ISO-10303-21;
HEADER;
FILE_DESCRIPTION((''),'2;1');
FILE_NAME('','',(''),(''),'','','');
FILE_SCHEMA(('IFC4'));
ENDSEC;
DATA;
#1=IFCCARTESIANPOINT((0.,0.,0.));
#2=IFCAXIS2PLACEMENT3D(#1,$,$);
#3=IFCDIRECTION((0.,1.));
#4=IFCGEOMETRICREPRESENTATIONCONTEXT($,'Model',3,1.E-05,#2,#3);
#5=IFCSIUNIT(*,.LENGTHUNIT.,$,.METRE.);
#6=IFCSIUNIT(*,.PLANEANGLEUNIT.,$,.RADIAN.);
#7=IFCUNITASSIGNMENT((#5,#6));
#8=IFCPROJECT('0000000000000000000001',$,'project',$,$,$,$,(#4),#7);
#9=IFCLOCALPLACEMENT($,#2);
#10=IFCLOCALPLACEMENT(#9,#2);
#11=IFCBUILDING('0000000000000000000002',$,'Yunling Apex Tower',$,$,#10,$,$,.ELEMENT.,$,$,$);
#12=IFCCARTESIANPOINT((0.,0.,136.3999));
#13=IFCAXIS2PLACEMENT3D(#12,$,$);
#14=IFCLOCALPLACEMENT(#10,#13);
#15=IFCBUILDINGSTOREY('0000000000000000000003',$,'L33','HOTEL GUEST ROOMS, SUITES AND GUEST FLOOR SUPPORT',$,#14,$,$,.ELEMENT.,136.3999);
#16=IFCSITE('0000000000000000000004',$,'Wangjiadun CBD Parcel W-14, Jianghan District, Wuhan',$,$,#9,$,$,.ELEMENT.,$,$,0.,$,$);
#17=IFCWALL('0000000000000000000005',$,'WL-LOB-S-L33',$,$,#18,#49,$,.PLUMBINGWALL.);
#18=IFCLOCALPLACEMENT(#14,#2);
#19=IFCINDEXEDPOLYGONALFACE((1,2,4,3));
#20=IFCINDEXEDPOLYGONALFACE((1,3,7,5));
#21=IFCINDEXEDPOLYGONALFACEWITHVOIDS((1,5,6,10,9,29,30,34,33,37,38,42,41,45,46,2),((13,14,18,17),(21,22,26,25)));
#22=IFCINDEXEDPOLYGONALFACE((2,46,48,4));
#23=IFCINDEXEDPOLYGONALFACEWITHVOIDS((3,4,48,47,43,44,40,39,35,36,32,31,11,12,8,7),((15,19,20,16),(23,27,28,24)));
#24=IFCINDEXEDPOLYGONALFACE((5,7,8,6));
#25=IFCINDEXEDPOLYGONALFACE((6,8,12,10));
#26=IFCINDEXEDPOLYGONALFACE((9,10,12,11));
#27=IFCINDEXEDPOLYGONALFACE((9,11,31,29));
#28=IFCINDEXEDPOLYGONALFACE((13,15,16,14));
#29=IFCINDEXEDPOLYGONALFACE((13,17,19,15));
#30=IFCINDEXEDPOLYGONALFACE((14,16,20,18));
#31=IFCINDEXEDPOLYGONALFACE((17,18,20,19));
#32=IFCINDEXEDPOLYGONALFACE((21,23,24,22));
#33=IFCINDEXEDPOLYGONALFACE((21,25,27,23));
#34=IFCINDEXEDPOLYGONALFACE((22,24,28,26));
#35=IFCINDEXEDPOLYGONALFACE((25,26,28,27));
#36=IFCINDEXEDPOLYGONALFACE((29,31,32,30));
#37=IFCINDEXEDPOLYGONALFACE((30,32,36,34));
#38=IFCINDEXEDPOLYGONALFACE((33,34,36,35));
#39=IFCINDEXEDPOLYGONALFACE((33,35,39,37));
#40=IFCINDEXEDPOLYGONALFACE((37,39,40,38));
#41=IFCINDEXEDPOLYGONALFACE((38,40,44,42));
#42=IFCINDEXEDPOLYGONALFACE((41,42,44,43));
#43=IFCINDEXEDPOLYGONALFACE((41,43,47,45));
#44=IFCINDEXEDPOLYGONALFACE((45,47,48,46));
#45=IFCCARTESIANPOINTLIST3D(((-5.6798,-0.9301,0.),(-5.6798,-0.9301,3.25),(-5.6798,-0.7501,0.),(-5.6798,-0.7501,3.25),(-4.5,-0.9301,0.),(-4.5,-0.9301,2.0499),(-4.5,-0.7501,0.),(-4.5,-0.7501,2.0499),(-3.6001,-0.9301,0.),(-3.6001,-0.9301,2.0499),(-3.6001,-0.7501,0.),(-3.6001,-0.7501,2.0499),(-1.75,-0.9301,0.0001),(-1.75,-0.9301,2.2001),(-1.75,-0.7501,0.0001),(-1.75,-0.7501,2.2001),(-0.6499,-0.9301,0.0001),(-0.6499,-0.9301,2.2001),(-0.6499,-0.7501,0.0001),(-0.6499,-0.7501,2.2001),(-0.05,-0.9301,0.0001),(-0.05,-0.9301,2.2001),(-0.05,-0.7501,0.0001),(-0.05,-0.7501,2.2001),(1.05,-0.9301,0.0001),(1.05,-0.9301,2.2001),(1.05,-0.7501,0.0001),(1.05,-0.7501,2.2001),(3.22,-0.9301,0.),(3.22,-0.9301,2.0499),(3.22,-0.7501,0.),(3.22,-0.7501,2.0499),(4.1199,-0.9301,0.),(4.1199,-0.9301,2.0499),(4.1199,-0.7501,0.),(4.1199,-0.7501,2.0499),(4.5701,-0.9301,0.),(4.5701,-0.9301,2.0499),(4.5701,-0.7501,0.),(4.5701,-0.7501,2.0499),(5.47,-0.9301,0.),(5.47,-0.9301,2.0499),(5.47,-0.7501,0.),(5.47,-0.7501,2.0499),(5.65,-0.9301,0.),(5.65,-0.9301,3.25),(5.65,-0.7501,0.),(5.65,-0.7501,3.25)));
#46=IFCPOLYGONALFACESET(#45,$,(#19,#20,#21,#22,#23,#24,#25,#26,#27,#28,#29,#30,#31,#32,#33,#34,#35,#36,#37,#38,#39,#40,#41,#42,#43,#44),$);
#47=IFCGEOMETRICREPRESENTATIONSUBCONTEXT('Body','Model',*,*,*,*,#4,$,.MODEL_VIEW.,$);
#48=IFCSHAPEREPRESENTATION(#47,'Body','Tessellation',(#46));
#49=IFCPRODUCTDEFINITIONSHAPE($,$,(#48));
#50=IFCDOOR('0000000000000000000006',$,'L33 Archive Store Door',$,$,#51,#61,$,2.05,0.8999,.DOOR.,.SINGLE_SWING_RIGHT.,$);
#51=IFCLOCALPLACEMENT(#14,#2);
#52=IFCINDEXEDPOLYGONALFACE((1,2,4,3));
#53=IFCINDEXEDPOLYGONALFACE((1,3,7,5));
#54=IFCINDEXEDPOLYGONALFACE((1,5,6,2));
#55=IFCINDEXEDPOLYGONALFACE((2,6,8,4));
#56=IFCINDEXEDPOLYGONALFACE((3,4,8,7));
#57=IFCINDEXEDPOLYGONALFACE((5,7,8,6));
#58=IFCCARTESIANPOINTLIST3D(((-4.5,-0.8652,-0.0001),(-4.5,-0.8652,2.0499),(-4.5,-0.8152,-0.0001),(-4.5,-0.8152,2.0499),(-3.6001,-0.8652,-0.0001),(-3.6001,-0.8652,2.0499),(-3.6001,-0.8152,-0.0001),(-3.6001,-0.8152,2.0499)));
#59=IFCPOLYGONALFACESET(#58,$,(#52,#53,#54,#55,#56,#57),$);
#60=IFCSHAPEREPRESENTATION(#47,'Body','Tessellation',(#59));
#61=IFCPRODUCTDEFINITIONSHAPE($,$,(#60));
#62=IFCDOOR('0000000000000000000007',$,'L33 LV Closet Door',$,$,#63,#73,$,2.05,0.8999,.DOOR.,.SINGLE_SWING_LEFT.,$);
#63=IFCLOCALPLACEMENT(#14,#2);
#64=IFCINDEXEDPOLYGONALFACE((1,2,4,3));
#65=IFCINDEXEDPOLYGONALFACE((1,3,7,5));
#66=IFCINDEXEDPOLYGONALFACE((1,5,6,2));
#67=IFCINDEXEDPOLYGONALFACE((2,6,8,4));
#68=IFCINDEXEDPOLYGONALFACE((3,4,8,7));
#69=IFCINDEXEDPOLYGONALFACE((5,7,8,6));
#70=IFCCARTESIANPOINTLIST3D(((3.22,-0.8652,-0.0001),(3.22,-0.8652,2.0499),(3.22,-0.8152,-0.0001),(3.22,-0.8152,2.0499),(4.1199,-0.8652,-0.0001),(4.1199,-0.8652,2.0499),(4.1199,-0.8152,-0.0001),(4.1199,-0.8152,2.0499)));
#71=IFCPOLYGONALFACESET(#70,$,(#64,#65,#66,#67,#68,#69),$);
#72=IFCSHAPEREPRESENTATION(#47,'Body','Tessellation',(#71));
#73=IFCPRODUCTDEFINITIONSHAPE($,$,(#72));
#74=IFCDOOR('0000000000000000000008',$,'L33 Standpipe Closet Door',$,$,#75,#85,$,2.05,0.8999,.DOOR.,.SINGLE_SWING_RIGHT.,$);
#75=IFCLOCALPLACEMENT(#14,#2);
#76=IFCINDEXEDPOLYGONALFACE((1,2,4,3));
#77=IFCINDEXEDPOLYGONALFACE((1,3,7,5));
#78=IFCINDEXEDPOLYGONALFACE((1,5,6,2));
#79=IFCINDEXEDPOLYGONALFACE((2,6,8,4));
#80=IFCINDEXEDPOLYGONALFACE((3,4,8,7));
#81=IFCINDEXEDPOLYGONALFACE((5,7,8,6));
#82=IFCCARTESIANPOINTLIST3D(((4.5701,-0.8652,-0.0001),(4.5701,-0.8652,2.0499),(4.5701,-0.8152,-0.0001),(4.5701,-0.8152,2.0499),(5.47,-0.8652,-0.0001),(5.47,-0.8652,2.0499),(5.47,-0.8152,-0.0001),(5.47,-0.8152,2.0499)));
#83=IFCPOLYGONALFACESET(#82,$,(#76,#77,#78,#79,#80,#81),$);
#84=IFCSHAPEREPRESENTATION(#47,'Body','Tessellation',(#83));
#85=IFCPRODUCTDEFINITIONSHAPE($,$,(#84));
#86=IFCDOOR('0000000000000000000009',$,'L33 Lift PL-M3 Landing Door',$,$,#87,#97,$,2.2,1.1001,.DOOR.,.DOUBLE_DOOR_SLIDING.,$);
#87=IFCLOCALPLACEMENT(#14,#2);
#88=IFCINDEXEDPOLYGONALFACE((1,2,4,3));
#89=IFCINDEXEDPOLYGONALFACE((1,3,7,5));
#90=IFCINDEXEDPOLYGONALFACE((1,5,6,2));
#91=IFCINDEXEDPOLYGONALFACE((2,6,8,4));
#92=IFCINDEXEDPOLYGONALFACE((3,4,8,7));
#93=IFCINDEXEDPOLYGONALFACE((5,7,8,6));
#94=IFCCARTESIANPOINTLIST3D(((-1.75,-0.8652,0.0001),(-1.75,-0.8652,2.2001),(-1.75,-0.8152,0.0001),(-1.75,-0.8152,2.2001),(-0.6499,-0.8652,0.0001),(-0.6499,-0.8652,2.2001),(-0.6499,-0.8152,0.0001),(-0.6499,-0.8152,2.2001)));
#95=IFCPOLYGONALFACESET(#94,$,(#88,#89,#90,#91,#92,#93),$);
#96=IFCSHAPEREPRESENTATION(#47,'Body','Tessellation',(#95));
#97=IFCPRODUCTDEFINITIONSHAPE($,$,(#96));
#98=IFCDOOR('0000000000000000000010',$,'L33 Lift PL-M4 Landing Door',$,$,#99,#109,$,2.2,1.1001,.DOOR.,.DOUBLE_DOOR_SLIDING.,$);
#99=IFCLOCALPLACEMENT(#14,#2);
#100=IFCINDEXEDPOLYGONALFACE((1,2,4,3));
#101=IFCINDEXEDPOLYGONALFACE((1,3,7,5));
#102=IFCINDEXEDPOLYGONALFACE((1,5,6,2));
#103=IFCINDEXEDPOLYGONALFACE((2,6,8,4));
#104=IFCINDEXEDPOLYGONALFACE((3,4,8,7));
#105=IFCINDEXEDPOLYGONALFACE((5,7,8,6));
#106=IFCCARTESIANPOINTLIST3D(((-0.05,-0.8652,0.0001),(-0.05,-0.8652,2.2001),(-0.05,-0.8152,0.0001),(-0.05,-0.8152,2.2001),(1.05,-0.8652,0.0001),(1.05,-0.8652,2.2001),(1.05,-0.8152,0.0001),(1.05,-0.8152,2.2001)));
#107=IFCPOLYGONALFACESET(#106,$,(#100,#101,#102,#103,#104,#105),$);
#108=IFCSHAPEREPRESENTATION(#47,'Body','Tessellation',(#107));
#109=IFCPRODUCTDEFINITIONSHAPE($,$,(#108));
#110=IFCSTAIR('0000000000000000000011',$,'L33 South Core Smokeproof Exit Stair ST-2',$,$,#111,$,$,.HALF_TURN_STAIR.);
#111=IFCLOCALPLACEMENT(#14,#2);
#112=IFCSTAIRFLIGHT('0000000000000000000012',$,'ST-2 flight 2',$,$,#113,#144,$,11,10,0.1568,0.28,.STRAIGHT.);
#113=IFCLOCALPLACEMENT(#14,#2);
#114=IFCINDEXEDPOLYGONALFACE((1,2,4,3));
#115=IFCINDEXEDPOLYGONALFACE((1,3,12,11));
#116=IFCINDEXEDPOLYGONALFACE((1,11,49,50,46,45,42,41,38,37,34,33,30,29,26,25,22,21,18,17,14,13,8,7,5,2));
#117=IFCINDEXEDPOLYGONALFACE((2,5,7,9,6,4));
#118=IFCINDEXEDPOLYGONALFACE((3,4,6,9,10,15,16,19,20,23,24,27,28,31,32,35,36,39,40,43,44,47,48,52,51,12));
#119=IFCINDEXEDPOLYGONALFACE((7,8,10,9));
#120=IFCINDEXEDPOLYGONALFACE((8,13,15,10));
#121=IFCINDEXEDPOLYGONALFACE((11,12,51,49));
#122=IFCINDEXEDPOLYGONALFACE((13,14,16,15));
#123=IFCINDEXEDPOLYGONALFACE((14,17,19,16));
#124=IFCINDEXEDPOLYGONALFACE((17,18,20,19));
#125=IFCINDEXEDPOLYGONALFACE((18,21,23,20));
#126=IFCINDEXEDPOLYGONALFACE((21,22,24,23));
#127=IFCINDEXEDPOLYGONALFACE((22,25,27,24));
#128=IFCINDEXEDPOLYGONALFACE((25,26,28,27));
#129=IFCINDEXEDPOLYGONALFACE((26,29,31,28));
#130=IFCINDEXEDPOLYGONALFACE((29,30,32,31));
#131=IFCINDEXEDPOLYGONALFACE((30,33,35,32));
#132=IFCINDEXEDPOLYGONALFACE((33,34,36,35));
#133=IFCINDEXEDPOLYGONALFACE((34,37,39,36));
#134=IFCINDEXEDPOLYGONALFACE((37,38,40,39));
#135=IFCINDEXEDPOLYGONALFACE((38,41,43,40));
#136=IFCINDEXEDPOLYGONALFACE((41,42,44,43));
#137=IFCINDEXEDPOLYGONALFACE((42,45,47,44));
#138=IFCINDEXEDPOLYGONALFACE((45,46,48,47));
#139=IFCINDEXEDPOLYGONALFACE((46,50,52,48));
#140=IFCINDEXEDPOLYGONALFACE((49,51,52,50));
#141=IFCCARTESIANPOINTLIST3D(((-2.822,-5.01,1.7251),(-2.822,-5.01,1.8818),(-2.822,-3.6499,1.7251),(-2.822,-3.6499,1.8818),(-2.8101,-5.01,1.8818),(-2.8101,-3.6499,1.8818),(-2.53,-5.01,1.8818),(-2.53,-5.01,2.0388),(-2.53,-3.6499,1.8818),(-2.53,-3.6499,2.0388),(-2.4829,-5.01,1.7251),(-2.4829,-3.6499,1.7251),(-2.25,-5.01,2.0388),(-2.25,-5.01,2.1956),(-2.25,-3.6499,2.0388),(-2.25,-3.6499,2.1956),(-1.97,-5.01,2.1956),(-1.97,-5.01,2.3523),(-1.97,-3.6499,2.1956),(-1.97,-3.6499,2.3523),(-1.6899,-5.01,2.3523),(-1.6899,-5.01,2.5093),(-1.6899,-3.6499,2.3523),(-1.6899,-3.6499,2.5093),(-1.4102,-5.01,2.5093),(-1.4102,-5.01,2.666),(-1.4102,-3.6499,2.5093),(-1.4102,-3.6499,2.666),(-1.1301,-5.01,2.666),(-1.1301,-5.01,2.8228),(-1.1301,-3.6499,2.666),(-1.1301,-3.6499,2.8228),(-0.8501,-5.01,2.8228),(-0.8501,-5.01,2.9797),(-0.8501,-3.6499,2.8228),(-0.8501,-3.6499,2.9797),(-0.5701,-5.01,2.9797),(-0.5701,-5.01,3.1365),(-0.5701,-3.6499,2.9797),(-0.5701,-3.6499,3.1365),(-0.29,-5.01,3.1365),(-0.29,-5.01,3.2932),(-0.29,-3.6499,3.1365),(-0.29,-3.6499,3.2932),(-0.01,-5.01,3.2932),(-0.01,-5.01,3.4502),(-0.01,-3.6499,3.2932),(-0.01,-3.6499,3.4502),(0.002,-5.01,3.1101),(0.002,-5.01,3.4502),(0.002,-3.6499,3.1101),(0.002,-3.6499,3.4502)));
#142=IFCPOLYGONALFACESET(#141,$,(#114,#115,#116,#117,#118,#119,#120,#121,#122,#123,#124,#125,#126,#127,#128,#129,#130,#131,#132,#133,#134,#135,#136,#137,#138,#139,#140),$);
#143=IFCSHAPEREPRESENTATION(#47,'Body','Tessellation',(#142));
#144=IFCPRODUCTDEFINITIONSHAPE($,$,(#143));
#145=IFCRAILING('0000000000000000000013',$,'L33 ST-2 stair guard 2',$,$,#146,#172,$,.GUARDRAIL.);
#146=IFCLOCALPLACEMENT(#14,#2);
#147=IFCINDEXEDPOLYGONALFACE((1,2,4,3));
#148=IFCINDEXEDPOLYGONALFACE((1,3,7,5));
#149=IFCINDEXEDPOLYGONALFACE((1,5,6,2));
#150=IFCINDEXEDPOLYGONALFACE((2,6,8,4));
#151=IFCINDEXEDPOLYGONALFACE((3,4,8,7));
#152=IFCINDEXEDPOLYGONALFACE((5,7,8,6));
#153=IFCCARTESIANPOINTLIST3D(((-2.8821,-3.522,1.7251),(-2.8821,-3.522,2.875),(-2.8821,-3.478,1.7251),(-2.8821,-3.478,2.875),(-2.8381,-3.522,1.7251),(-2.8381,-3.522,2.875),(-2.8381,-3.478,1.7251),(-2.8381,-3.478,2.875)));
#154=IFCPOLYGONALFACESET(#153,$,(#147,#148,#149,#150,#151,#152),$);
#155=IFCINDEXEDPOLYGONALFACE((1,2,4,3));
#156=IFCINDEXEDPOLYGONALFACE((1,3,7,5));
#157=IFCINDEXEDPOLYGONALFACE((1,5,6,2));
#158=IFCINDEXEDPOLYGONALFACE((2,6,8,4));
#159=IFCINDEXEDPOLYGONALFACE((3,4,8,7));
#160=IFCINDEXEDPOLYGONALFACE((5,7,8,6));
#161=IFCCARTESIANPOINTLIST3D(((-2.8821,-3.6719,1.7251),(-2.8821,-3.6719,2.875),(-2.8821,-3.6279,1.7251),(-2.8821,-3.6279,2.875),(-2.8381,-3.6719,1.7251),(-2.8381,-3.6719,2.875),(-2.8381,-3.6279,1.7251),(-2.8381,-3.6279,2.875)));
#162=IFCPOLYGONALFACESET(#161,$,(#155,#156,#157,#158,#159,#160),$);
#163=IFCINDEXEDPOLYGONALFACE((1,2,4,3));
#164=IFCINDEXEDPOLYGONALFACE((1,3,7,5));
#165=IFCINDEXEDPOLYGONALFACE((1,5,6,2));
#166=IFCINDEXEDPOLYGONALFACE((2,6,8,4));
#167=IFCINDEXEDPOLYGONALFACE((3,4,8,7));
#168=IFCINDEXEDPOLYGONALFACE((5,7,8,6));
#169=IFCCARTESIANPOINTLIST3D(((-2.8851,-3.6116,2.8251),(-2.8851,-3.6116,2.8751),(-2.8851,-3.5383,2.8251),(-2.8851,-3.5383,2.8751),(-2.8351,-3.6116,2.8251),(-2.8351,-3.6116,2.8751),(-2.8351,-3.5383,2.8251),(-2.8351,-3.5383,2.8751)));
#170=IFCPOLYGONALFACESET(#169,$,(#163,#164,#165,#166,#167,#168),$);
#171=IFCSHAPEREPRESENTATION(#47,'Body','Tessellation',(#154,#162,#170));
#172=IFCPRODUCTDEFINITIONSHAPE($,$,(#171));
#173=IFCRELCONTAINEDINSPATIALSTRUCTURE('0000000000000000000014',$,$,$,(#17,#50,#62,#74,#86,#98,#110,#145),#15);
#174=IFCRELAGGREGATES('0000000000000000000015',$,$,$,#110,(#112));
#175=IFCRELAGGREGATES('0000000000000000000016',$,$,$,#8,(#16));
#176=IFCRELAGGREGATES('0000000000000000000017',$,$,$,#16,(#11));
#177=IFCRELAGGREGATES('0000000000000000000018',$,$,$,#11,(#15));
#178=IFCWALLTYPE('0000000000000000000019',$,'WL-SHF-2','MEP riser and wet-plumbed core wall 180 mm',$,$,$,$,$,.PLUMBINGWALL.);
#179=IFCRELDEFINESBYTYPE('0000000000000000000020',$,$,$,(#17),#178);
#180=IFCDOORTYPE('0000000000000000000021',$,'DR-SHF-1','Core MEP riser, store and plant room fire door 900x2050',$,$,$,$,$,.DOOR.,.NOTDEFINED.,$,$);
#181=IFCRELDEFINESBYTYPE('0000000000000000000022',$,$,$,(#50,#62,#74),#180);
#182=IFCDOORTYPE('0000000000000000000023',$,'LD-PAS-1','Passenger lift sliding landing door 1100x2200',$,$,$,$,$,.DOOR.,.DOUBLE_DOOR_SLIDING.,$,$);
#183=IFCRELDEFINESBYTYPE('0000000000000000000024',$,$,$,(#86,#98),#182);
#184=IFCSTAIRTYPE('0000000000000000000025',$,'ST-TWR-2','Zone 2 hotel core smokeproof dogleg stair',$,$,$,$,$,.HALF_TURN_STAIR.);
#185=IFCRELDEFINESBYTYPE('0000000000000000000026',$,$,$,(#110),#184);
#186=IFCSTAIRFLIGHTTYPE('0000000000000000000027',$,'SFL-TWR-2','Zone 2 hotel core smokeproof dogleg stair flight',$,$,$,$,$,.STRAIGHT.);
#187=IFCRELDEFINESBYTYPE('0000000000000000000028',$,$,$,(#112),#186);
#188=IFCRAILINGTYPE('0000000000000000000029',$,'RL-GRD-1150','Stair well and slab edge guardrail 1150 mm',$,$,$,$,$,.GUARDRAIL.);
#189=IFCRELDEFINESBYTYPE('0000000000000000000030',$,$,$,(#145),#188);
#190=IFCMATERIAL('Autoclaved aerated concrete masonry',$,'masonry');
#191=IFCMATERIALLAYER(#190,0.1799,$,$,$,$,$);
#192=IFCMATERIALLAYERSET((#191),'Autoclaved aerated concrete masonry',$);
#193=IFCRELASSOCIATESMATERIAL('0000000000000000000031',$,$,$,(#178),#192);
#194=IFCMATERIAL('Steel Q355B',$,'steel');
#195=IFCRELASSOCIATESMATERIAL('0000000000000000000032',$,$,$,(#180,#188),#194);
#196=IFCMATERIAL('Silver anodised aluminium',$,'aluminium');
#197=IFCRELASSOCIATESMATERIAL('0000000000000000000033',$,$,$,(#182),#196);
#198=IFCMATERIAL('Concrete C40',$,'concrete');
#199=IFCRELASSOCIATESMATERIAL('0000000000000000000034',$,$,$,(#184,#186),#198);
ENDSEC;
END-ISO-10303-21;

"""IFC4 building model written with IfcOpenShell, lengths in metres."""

from ifc_helpers import new_model, si_unit, direction, frame, frame_2d, origin, origin_2d, place, context, subcontext, project, spatial, polyline, rectangle, outline, extrude, material, layer, layer_set, type_object, element, fill, aggregate, save


model = new_model("IFC4")

# Units and contexts
model_context = context("Model", 3, precision=1e-05, world=origin(), true_north=direction((0.0, 1.0)))
body_context = subcontext(model_context, "Body", "Model", "MODEL_VIEW")
ifc_project = project(units=[si_unit("LENGTHUNIT", "METRE"), si_unit("PLANEANGLEUNIT", "RADIAN")], contexts=[model_context])

# Site, building, storey
site_placement = place(None, origin())
site = spatial("IfcSite", under=ifc_project, at=site_placement, Name="Wangjiadun CBD Parcel W-14, Jianghan District, Wuhan", CompositionType="ELEMENT", RefElevation=0.0)
building_placement = place(site_placement, origin())
building = spatial("IfcBuilding", under=site, at=building_placement, Name="Yunling Apex Tower", CompositionType="ELEMENT")
storey_placement = place(building_placement, frame((0.0, 0.0, 136.3999)))
storey = spatial("IfcBuildingStorey", under=building, at=storey_placement, Name="L33", Description="HOTEL GUEST ROOMS, SUITES AND GUEST FLOOR SUPPORT", CompositionType="ELEMENT", Elevation=136.3999)

# Shared definitions
ifc_material_1 = material(Name="Steel Q355B", Category="steel")

# Shared definitions
ifc_material_2 = material(Name="Concrete C40", Category="concrete")

# Shared definitions
ifc_material_3 = material(Name="Autoclaved aerated concrete masonry", Category="masonry")

# Shared definitions
ifc_layer_1 = layer(ifc_material_3, 0.1799)
ifc_layer_set_1 = layer_set([ifc_layer_1], Name="Autoclaved aerated concrete masonry")
wall_type_1 = type_object("IfcWallType", Name="WL-SHF-2", Description="MEP riser and wet-plumbed core wall 180 mm", PredefinedType="PLUMBINGWALL", material=ifc_layer_set_1)

# Wall, openings, doors
wall_1_placement = place(storey_placement, frame((-5.6799, -0.8401, 0.0), z_axis=(0.0, 0.0, 1.0), x_axis=(1.0, 0.0, 0.0)))
wall_1 = element("IfcWall", 1, at=wall_1_placement, inside=storey, type_object=wall_type_1, Name="WL-LOB-S-L33", PredefinedType="PLUMBINGWALL", context=body_context, shape_type="SweptSolid", body=[
    extrude(rectangle(XDim=11.3298, YDim=0.1799, at=frame_2d((5.665, 0.0))), origin(), (0.0, 0.0, 1.0), 3.25),
])
opening_1_placement = place(wall_1_placement, frame((1.1799, 0.0, 0.0)))
opening_1 = element("IfcOpeningElement", 2, at=opening_1_placement, cuts=wall_1, PredefinedType="OPENING", context=body_context, shape_type="SweptSolid", body=[
    extrude(rectangle(XDim=0.8999, YDim=2.05, at=frame_2d((0.45, 1.0249))), frame((0.0, 0.1001, 0.0), z_axis=(0.0, -1.0, 0.0), x_axis=(1.0, 0.0, 0.0)), (0.0, 0.0, 1.0), 0.2),
])
opening_2_placement = place(wall_1_placement, frame((3.9299, 0.0, 0.0)))
opening_2 = element("IfcOpeningElement", 3, at=opening_2_placement, cuts=wall_1, PredefinedType="OPENING", context=body_context, shape_type="SweptSolid", body=[
    extrude(rectangle(XDim=1.1001, YDim=2.2, at=frame_2d((0.55, 1.1001))), frame((0.0, 0.1001, 0.0), z_axis=(0.0, -1.0, 0.0), x_axis=(1.0, 0.0, 0.0)), (0.0, 0.0, 1.0), 0.2),
])
opening_3_placement = place(wall_1_placement, frame((5.6299, 0.0, 0.0)))
opening_3 = element("IfcOpeningElement", 4, at=opening_3_placement, cuts=wall_1, PredefinedType="OPENING", context=body_context, shape_type="SweptSolid", body=[
    extrude(rectangle(XDim=1.1001, YDim=2.2, at=frame_2d((0.55, 1.1001))), frame((0.0, 0.1001, 0.0), z_axis=(0.0, -1.0, 0.0), x_axis=(1.0, 0.0, 0.0)), (0.0, 0.0, 1.0), 0.2),
])
opening_4_placement = place(wall_1_placement, frame((8.8999, 0.0, 0.0)))
opening_4 = element("IfcOpeningElement", 5, at=opening_4_placement, cuts=wall_1, PredefinedType="OPENING", context=body_context, shape_type="SweptSolid", body=[
    extrude(rectangle(XDim=0.8999, YDim=2.05, at=frame_2d((0.45, 1.0249))), frame((0.0, 0.1001, 0.0), z_axis=(0.0, -1.0, 0.0), x_axis=(1.0, 0.0, 0.0)), (0.0, 0.0, 1.0), 0.2),
])
opening_5_placement = place(wall_1_placement, frame((10.25, 0.0, 0.0)))
opening_5 = element("IfcOpeningElement", 6, at=opening_5_placement, cuts=wall_1, PredefinedType="OPENING", context=body_context, shape_type="SweptSolid", body=[
    extrude(rectangle(XDim=0.8999, YDim=2.05, at=frame_2d((0.45, 1.0249))), frame((0.0, 0.1001, 0.0), z_axis=(0.0, -1.0, 0.0), x_axis=(1.0, 0.0, 0.0)), (0.0, 0.0, 1.0), 0.2),
])
door_type_1 = type_object("IfcDoorType", Name="DR-SHF-1", Description="Core MEP riser, store and plant room fire door 900x2050", OperationType="NOTDEFINED", PredefinedType="DOOR", material=ifc_material_1)
door_1_placement = place(opening_1_placement, origin())
door_1 = element("IfcDoor", 7, at=door_1_placement, inside=storey, type_object=door_type_1, Name="L33 Archive Store Door", OperationType="SINGLE_SWING_RIGHT", OverallHeight=2.05, OverallWidth=0.8999, PredefinedType="DOOR", context=body_context, shape_type="SweptSolid", body=[
    extrude(rectangle(XDim=0.8999, YDim=2.05, at=frame_2d((0.45, 1.0249))), frame((0.0, 0.0249, 0.0), z_axis=(0.0, -1.0, 0.0), x_axis=(1.0, 0.0, 0.0)), (0.0, 0.0, 1.0), 0.05),
])
fill(opening_1, door_1)
door_2_placement = place(opening_4_placement, origin())
door_2 = element("IfcDoor", 8, at=door_2_placement, inside=storey, type_object=door_type_1, Name="L33 LV Closet Door", OperationType="SINGLE_SWING_LEFT", OverallHeight=2.05, OverallWidth=0.8999, PredefinedType="DOOR", context=body_context, shape_type="SweptSolid", body=[
    extrude(rectangle(XDim=0.8999, YDim=2.05, at=frame_2d((0.45, 1.0249))), frame((0.0, 0.0249, 0.0), z_axis=(0.0, -1.0, 0.0), x_axis=(1.0, 0.0, 0.0)), (0.0, 0.0, 1.0), 0.05),
])
fill(opening_4, door_2)
door_3_placement = place(opening_5_placement, origin())
door_3 = element("IfcDoor", 9, at=door_3_placement, inside=storey, type_object=door_type_1, Name="L33 Standpipe Closet Door", OperationType="SINGLE_SWING_RIGHT", OverallHeight=2.05, OverallWidth=0.8999, PredefinedType="DOOR", context=body_context, shape_type="SweptSolid", body=[
    extrude(rectangle(XDim=0.8999, YDim=2.05, at=frame_2d((0.45, 1.0249))), frame((0.0, 0.0249, 0.0), z_axis=(0.0, -1.0, 0.0), x_axis=(1.0, 0.0, 0.0)), (0.0, 0.0, 1.0), 0.05),
])
fill(opening_5, door_3)
ifc_material_4 = material(Name="Silver anodised aluminium", Category="aluminium")
door_type_2 = type_object("IfcDoorType", Name="LD-PAS-1", Description="Passenger lift sliding landing door 1100x2200", OperationType="DOUBLE_DOOR_SLIDING", PredefinedType="DOOR", material=ifc_material_4)
door_4_placement = place(opening_2_placement, origin())
door_4 = element("IfcDoor", 10, at=door_4_placement, inside=storey, type_object=door_type_2, Name="L33 Lift PL-M3 Landing Door", OperationType="DOUBLE_DOOR_SLIDING", OverallHeight=2.2, OverallWidth=1.1001, PredefinedType="DOOR", context=body_context, shape_type="SweptSolid", body=[
    extrude(rectangle(XDim=1.1001, YDim=2.2, at=frame_2d((0.55, 1.1001))), frame((0.0, 0.0249, 0.0), z_axis=(0.0, -1.0, 0.0), x_axis=(1.0, 0.0, 0.0)), (0.0, 0.0, 1.0), 0.05),
])
fill(opening_2, door_4)
door_5_placement = place(opening_3_placement, origin())
door_5 = element("IfcDoor", 11, at=door_5_placement, inside=storey, type_object=door_type_2, Name="L33 Lift PL-M4 Landing Door", OperationType="DOUBLE_DOOR_SLIDING", OverallHeight=2.2, OverallWidth=1.1001, PredefinedType="DOOR", context=body_context, shape_type="SweptSolid", body=[
    extrude(rectangle(XDim=1.1001, YDim=2.2, at=frame_2d((0.55, 1.1001))), frame((0.0, 0.0249, 0.0), z_axis=(0.0, -1.0, 0.0), x_axis=(1.0, 0.0, 0.0)), (0.0, 0.0, 1.0), 0.05),
])
fill(opening_3, door_5)

# Stair, stair flight
stair_type = type_object("IfcStairType", Name="ST-TWR-2", Description="Zone 2 hotel core smokeproof dogleg stair", PredefinedType="HALF_TURN_STAIR", material=ifc_material_2)
stair_placement = place(storey_placement, origin())
stair = element("IfcStair", 12, at=stair_placement, inside=storey, type_object=stair_type, Name="L33 South Core Smokeproof Exit Stair ST-2", PredefinedType="HALF_TURN_STAIR")
stair_flight_type = type_object("IfcStairFlightType", Name="SFL-TWR-2", Description="Zone 2 hotel core smokeproof dogleg stair flight", PredefinedType="STRAIGHT", material=ifc_material_2)
stair_flight_placement = place(storey_placement, frame((-2.8101, -4.3301, 1.7251), z_axis=(0.0, 0.0, 1.0), x_axis=(1.0, 0.0, 0.0)))
stair_flight = element("IfcStairFlight", 13, at=stair_flight_placement, type_object=stair_flight_type, Name="ST-2 flight 2", NumberOfRisers=11, NumberOfTreads=10, PredefinedType="STRAIGHT", RiserHeight=0.1568, TreadLength=0.28, context=body_context, shape_type="SweptSolid", body=[
    extrude(outline(polyline([(-0.012, 0.0), (-0.012, 0.1567), (0.0, 0.1567), (0.28, 0.1567), (0.28, 0.3137), (0.5601, 0.3137), (0.5601, 0.4705), (0.8401, 0.4705), (0.8401, 0.6272), (1.1201, 0.6272), (1.1201, 0.7842), (1.3999, 0.7842), (1.3999, 0.9409), (1.6799, 0.9409), (1.6799, 1.0977), (1.96, 1.0977), (1.96, 1.2546), (2.24, 1.2546), (2.24, 1.4114), (2.52, 1.4114), (2.52, 1.5681), (2.8, 1.5681), (2.8, 1.7251), (2.812, 1.7251), (2.812, 1.385), (0.3271, 0.0), (-0.012, 0.0)])), frame((0.0, 0.6802, 0.0), z_axis=(0.0, -1.0, 0.0), x_axis=(1.0, 0.0, 0.0)), (0.0, 0.0, 1.0), 1.3601),
])
aggregate(stair, [stair_flight])

# Railing
railing_type_1 = type_object("IfcRailingType", Name="RL-GRD-1150", Description="Stair well and slab edge guardrail 1150 mm", PredefinedType="GUARDRAIL", material=ifc_material_1)
railing_1_placement = place(storey_placement, frame((-2.8601, -3.5, 1.7251)))
element("IfcRailing", 14, at=railing_1_placement, inside=storey, type_object=railing_type_1, Name="L33 ST-2 stair guard 2", PredefinedType="GUARDRAIL", context=body_context, shape_type="SweptSolid", body=[
    extrude(rectangle(XDim=0.0439, YDim=0.0439, at=origin_2d()), origin(), (0.0, 0.0, 1.0), 1.1499),
    extrude(rectangle(XDim=0.0439, YDim=0.0439, at=origin_2d()), frame((0.0, -0.1499, 0.0)), (0.0, 0.0, 1.0), 1.1499),
    extrude(rectangle(XDim=0.05, YDim=0.05, at=origin_2d()), frame((0.0, -0.0383, 1.125), z_axis=(0.0, -1.0, 0.0), x_axis=(1.0, 0.0, 0.0)), (0.0, 0.0, 1.0), 0.0732),
])

save(model, "model.ifc")
